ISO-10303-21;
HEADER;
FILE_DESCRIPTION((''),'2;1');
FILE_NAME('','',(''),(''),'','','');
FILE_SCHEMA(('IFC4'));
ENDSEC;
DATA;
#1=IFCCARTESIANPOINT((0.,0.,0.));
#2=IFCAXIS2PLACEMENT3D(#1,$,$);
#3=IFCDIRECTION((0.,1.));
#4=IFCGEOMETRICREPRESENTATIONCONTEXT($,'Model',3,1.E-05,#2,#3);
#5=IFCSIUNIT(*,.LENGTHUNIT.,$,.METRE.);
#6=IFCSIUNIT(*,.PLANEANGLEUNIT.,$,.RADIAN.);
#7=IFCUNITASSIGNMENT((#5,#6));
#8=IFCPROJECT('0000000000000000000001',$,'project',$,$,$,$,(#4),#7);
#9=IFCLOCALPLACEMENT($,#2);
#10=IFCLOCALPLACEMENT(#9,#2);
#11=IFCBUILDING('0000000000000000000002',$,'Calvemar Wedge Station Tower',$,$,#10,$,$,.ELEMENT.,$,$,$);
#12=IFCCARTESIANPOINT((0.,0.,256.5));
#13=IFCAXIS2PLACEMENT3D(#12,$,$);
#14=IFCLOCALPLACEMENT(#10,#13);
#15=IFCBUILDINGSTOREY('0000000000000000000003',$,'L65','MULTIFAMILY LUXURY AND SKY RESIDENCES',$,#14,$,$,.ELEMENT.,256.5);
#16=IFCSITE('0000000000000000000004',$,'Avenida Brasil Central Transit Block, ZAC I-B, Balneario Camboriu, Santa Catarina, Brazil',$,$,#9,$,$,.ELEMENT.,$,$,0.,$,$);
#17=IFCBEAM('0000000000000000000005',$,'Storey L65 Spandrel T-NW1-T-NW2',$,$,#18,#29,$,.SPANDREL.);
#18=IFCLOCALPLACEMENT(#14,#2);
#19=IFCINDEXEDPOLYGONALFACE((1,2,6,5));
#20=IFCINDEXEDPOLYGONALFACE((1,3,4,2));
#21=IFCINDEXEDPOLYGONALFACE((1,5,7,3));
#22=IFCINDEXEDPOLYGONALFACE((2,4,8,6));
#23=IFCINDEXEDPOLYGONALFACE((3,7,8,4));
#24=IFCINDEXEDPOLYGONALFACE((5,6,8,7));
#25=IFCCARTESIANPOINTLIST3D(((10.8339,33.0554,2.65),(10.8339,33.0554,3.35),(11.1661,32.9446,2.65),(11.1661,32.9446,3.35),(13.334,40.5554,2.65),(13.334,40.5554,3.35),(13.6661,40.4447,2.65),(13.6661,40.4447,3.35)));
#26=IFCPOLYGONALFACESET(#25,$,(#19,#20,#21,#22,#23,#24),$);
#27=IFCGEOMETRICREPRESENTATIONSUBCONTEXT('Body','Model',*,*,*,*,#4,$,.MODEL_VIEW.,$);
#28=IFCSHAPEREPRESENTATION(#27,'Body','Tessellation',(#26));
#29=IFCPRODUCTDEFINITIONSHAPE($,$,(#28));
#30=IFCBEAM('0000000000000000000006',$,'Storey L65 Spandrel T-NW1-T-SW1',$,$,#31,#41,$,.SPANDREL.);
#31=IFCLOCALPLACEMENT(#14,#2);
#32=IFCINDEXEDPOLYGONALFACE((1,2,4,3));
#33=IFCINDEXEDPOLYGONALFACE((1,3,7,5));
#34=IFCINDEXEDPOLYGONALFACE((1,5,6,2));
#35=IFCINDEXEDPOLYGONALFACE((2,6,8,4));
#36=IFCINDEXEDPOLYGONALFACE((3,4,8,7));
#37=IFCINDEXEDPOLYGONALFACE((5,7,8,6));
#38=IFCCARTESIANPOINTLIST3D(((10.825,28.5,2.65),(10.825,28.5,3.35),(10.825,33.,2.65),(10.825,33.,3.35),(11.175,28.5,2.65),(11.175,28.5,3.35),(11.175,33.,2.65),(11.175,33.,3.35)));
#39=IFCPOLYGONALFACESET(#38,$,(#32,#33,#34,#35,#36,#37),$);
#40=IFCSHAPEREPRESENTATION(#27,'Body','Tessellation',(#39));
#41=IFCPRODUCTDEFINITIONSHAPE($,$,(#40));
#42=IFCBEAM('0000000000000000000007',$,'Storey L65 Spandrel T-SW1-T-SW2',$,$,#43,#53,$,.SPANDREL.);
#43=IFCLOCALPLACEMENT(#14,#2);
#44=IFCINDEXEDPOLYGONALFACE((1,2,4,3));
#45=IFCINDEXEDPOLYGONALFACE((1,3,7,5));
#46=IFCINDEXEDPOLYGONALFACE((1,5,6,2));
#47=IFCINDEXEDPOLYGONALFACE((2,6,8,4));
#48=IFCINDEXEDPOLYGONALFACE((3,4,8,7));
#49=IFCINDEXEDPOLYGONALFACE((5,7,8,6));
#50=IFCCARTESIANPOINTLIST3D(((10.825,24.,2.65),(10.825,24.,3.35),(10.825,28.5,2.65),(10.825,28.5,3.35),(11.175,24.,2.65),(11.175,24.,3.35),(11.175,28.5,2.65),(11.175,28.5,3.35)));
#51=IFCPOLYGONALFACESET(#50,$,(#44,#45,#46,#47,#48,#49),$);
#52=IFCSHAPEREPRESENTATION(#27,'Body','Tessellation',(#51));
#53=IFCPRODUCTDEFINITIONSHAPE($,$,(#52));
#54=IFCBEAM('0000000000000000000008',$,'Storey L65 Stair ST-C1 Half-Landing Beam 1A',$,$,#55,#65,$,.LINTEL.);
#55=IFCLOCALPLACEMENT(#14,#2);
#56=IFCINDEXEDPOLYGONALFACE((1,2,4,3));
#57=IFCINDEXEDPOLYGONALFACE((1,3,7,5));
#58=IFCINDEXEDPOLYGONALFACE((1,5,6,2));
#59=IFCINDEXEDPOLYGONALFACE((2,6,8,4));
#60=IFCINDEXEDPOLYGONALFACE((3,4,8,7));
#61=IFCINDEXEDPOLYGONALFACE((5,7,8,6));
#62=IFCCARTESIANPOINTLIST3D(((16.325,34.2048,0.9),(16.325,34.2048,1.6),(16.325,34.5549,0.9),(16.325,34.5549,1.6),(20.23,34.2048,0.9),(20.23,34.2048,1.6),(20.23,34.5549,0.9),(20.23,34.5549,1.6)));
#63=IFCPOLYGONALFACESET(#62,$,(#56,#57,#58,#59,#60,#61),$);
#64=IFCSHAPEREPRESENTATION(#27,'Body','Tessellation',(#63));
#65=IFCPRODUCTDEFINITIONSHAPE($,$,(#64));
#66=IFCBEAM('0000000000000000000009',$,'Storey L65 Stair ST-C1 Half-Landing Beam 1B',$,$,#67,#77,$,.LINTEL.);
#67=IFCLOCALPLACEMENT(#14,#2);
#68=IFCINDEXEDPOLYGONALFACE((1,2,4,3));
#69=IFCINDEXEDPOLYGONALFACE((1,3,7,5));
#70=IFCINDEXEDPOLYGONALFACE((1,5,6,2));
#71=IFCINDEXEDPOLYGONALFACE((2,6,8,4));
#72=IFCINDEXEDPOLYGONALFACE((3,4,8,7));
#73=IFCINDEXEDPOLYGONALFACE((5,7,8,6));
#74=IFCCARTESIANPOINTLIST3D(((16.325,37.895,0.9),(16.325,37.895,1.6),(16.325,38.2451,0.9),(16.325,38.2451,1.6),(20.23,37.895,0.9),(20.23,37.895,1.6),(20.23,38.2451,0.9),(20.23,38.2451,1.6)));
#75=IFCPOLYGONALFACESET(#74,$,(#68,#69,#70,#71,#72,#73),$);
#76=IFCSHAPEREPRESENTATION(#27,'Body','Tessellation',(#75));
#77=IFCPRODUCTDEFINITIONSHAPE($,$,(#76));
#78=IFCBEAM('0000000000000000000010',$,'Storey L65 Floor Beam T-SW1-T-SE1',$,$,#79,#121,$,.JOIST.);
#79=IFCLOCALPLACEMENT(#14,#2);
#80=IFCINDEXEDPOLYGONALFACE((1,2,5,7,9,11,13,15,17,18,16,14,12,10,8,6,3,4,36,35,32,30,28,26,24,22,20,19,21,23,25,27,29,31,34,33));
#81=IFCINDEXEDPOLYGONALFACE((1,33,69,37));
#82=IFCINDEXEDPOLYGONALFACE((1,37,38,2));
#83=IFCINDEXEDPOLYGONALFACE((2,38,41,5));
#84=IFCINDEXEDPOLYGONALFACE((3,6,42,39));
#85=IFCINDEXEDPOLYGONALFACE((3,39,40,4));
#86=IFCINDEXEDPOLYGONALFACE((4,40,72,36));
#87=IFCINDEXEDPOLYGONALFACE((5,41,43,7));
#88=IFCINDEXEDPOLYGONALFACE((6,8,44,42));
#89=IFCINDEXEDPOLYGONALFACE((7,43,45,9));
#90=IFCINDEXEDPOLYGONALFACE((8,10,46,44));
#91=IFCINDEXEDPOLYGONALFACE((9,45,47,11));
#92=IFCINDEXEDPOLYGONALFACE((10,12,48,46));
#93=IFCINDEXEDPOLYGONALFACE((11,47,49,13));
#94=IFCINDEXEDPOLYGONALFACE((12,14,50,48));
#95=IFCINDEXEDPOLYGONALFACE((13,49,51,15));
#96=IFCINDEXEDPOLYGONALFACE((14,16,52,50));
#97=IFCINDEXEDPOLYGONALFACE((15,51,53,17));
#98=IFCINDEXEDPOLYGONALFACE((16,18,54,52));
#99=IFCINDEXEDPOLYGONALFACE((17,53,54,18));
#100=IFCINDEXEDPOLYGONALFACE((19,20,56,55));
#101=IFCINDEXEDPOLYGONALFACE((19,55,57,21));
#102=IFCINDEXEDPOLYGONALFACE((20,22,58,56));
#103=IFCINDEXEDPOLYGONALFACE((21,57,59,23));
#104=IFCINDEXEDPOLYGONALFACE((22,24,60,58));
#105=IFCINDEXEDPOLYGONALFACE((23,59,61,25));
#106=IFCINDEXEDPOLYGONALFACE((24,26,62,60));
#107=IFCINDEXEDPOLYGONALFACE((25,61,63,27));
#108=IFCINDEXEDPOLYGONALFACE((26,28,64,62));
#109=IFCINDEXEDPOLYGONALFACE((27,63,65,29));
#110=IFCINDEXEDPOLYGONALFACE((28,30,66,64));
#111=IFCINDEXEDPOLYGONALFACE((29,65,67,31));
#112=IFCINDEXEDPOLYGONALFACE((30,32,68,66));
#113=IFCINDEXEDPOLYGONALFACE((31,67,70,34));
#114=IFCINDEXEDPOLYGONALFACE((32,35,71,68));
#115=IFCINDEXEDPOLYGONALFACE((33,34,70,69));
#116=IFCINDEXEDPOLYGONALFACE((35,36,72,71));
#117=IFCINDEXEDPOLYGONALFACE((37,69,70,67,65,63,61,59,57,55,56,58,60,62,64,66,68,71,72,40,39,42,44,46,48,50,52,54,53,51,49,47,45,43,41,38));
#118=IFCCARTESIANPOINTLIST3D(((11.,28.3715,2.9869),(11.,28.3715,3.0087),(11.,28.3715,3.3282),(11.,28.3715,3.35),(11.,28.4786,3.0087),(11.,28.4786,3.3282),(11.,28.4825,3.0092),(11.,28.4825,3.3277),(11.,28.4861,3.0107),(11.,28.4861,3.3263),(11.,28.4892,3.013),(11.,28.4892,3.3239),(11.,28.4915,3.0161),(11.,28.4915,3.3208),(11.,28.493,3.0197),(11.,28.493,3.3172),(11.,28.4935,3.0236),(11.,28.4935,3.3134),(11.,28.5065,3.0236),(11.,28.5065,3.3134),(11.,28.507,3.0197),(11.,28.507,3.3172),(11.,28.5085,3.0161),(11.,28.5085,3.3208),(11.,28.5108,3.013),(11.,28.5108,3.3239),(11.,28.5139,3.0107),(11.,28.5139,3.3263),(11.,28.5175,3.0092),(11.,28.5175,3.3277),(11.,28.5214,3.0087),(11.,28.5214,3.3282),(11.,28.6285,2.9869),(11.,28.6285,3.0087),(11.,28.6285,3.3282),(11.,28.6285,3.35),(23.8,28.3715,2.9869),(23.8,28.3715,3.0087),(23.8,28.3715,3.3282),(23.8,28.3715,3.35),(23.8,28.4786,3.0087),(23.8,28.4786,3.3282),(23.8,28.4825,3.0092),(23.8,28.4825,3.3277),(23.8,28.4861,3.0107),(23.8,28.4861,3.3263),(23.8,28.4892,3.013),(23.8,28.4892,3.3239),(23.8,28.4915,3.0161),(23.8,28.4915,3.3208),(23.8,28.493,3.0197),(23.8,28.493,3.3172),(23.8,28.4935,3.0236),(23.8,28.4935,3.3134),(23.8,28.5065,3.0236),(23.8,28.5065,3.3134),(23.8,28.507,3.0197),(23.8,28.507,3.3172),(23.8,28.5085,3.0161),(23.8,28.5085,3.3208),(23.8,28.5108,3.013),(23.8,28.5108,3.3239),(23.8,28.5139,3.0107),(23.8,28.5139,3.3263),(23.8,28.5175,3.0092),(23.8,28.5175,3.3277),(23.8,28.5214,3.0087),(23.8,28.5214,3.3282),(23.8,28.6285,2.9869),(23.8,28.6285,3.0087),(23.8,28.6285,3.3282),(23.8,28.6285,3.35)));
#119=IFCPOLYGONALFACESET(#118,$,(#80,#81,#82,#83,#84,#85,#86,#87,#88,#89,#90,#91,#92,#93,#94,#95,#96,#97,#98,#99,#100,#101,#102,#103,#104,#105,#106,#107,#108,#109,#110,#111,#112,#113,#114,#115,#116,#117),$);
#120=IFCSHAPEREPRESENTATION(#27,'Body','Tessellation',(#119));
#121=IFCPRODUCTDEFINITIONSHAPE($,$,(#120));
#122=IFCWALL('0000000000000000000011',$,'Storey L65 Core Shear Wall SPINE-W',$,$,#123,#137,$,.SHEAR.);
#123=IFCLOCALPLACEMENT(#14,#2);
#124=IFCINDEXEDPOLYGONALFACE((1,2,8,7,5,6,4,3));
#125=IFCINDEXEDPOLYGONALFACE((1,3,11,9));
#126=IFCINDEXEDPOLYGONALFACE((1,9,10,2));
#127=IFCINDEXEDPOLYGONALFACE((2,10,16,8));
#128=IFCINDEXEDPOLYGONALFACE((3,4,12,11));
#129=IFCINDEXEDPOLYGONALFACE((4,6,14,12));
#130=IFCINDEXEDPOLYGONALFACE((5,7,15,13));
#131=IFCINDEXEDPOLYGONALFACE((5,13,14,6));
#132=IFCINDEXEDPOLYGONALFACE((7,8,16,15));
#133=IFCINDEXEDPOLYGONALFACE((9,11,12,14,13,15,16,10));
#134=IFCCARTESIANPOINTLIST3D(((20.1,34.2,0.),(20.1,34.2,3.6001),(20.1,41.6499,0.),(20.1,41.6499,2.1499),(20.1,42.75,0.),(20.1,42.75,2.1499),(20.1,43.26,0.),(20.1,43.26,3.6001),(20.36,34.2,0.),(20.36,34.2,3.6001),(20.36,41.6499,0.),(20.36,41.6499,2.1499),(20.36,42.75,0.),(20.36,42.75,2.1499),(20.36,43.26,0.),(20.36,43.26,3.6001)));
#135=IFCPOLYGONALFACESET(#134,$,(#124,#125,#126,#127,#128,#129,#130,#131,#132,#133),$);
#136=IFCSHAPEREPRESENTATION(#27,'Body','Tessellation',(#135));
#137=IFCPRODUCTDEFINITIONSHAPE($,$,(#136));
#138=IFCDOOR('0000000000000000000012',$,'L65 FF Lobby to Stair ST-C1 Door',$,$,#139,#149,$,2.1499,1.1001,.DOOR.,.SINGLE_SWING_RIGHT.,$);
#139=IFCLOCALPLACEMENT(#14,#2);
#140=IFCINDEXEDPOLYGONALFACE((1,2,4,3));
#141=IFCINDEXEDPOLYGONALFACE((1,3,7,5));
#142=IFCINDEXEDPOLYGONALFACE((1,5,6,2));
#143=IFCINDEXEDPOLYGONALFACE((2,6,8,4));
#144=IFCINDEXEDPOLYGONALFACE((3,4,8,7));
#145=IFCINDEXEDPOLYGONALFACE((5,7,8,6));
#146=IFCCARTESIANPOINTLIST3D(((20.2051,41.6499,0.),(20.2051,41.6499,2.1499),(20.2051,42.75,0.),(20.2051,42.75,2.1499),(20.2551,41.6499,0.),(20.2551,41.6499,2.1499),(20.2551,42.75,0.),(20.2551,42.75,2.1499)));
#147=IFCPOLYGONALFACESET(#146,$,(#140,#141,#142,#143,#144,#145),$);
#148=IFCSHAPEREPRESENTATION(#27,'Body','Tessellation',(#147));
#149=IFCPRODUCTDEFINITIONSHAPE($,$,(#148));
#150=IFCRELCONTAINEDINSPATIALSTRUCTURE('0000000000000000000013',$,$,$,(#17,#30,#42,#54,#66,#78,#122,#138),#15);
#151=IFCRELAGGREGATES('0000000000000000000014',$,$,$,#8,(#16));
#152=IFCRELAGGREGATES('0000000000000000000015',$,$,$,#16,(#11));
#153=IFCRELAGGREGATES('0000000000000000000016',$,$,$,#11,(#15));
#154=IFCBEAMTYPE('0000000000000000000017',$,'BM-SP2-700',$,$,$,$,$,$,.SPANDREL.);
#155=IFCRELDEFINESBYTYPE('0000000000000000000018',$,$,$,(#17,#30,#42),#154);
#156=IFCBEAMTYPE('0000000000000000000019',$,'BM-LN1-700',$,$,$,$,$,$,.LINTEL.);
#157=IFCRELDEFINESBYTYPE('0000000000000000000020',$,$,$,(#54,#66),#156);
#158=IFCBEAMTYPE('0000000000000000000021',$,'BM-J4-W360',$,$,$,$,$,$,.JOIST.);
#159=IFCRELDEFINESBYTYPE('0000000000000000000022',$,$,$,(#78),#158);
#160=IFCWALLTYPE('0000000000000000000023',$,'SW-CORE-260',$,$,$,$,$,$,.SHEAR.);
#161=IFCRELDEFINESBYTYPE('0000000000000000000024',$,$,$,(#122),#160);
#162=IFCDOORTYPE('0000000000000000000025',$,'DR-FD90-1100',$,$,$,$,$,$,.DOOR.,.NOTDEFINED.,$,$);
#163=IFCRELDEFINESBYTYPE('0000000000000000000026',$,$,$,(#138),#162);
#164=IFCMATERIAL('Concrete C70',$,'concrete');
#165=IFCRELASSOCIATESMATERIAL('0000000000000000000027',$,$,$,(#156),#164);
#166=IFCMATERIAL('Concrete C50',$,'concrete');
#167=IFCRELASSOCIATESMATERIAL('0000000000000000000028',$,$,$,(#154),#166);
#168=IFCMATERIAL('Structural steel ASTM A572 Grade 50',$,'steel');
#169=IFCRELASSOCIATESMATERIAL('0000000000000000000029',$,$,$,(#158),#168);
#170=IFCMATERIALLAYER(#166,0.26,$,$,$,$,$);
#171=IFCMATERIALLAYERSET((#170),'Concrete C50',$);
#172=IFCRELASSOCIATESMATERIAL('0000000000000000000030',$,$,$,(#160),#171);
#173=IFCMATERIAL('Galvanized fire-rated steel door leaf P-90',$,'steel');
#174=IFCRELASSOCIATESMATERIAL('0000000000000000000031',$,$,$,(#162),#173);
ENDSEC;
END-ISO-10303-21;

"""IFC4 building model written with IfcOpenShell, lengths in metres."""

from ifc_helpers import new_model, si_unit, direction, frame, frame_2d, origin, origin_2d, place, context, subcontext, project, spatial, rectangle, i_section, extrude, source, transform, mapped, material, layer, layer_set, material_profile, profile_set, type_object, element, fill, save


model = new_model("IFC4")

# Units and contexts
model_context = context("Model", 3, precision=1e-05, world=origin(), true_north=direction((0.0, 1.0)))
body_context = subcontext(model_context, "Body", "Model", "MODEL_VIEW")
ifc_project = project(units=[si_unit("LENGTHUNIT", "METRE"), si_unit("PLANEANGLEUNIT", "RADIAN")], contexts=[model_context])

# Site, building, storey
site_placement = place(None, origin())
site = spatial("IfcSite", under=ifc_project, at=site_placement, Name="Avenida Brasil Central Transit Block, ZAC I-B, Balneario Camboriu, Santa Catarina, Brazil", CompositionType="ELEMENT", RefElevation=0.0)
building_placement = place(site_placement, origin())
building = spatial("IfcBuilding", under=site, at=building_placement, Name="Calvemar Wedge Station Tower", CompositionType="ELEMENT")
storey_placement = place(building_placement, frame((0.0, 0.0, 256.5)))
storey = spatial("IfcBuildingStorey", under=building, at=storey_placement, Name="L65", Description="MULTIFAMILY LUXURY AND SKY RESIDENCES", CompositionType="ELEMENT", Elevation=256.5)

# Shared definitions
ifc_material_1 = material(Name="Concrete C50", Category="concrete")

# Beams
ifc_material_2 = material(Name="Concrete C70", Category="concrete")
ifc_material_profile_1 = material_profile(ifc_material_2, rectangle(XDim=0.3501, YDim=0.7, at=origin_2d()), Name="RC350x700")
ifc_profile_set_1 = profile_set([ifc_material_profile_1], Name="Concrete C70")
beam_type_1 = type_object("IfcBeamType", Name="BM-LN1-700", PredefinedType="LINTEL", material=ifc_profile_set_1)
ifc_material_3 = material(Name="Structural steel ASTM A572 Grade 50", Category="steel")
ifc_material_profile_2 = material_profile(ifc_material_1, rectangle(XDim=0.3501, YDim=0.7, at=origin_2d()), Name="RC350x700")
ifc_profile_set_2 = profile_set([ifc_material_profile_2], Name="Concrete C50")
beam_type_2 = type_object("IfcBeamType", Name="BM-SP2-700", PredefinedType="SPANDREL", material=ifc_profile_set_2)
shared_shape_1 = source(origin(), body_context, "Body", "SweptSolid", [
    extrude(rectangle(XDim=0.3501, YDim=0.7, at=origin_2d()), origin(), (0.0, 0.0, 1.0), 7.9058),
])
beam_1_placement = place(storey_placement, frame((11.0, 33.0, 3.0), z_axis=(0.316228, 0.948683, 0.0), x_axis=(-0.948683, 0.316228, 0.0)))
element("IfcBeam", 1, at=beam_1_placement, inside=storey, type_object=beam_type_2, Name="Storey L65 Spandrel T-NW1-T-NW2", PredefinedType="SPANDREL", context=body_context, shape_type="MappedRepresentation", body=[
    mapped(shared_shape_1, transform((0.0, 0.0, 0.0), scale=1.0)),
])
shared_shape_2 = source(origin(), body_context, "Body", "SweptSolid", [
    extrude(rectangle(XDim=0.3501, YDim=0.7, at=origin_2d()), origin(), (0.0, 0.0, 1.0), 4.5),
])
for number, where, z_axis, x_axis, name in (
    (2, (11.0, 33.0, 3.0), (0.0, -1.0, 0.0), (1.0, 0.0, 0.0), "Storey L65 Spandrel T-NW1-T-SW1"),
    (3, (11.0, 28.5, 3.0), (0.0, -1.0, 0.0), (1.0, 0.0, 0.0), "Storey L65 Spandrel T-SW1-T-SW2"),
):
    element("IfcBeam", number, at=place(storey_placement, frame(where, z_axis=z_axis, x_axis=x_axis)), inside=storey, type_object=beam_type_2, Name=name, PredefinedType="SPANDREL", context=body_context, shape_type="MappedRepresentation", body=[
        mapped(shared_shape_2, transform((0.0, 0.0, 0.0), scale=1.0)),
    ])
shared_shape_3 = source(origin(), body_context, "Body", "SweptSolid", [
    extrude(rectangle(XDim=0.3501, YDim=0.7, at=origin_2d()), origin(), (0.0, 0.0, 1.0), 3.905),
])
for number, where, z_axis, x_axis, name in (
    (4, (16.325, 34.3799, 1.25), (1.0, 0.0, 0.0), (0.0, 1.0, 0.0), "Storey L65 Stair ST-C1 Half-Landing Beam 1A"),
    (5, (16.325, 38.0701, 1.25), (1.0, 0.0, 0.0), (0.0, 1.0, 0.0), "Storey L65 Stair ST-C1 Half-Landing Beam 1B"),
):
    element("IfcBeam", number, at=place(storey_placement, frame(where, z_axis=z_axis, x_axis=x_axis)), inside=storey, type_object=beam_type_1, Name=name, PredefinedType="LINTEL", context=body_context, shape_type="MappedRepresentation", body=[
        mapped(shared_shape_3, transform((0.0, 0.0, 0.0), scale=1.0)),
    ])
ifc_material_profile_3 = material_profile(ifc_material_3, i_section(OverallWidth=0.2571, OverallDepth=0.363, WebThickness=0.0129, FlangeThickness=0.0217, FilletRadius=0.0149, at=origin_2d()), Name="W360x122")
ifc_profile_set_3 = profile_set([ifc_material_profile_3], Name="Structural steel ASTM A572 Grade 50")
beam_type_3 = type_object("IfcBeamType", Name="BM-J4-W360", PredefinedType="JOIST", material=ifc_profile_set_3)
shared_shape_4 = source(origin(), body_context, "Body", "SweptSolid", [
    extrude(i_section(OverallWidth=0.2571, OverallDepth=0.363, WebThickness=0.0129, FlangeThickness=0.0217, FilletRadius=0.0149, at=origin_2d()), origin(), (0.0, 0.0, 1.0), 12.8),
])
beam_2_placement = place(storey_placement, frame((11.0, 28.5, 3.1685), z_axis=(1.0, 0.0, 0.0), x_axis=(0.0, 1.0, 0.0)))
element("IfcBeam", 6, at=beam_2_placement, inside=storey, type_object=beam_type_3, Name="Storey L65 Floor Beam T-SW1-T-SE1", PredefinedType="JOIST", context=body_context, shape_type="MappedRepresentation", body=[
    mapped(shared_shape_4, transform((0.0, 0.0, 0.0), scale=1.0)),
])

# Wall, opening, door
ifc_layer_1 = layer(ifc_material_1, 0.26)
ifc_layer_set_1 = layer_set([ifc_layer_1], Name="Concrete C50")
wall_type_1 = type_object("IfcWallType", Name="SW-CORE-260", PredefinedType="SHEAR", material=ifc_layer_set_1)
wall_1_placement = place(storey_placement, frame((20.23, 34.2, 0.0), z_axis=(0.0, 0.0, 1.0), x_axis=(0.0, 1.0, 0.0)))
wall_1 = element("IfcWall", 7, at=wall_1_placement, inside=storey, type_object=wall_type_1, Name="Storey L65 Core Shear Wall SPINE-W", PredefinedType="SHEAR", context=body_context, shape_type="SweptSolid", body=[
    extrude(rectangle(XDim=9.0601, YDim=0.26, at=frame_2d((4.53, 0.0))), origin(), (0.0, 0.0, 1.0), 3.6001),
])
shared_shape_5 = source(origin(), body_context, "Body", "SweptSolid", [
    extrude(rectangle(XDim=1.1001, YDim=2.1499, at=frame_2d((0.55, 1.075))), frame((0.0, 0.1401, 0.0), z_axis=(0.0, -1.0, 0.0), x_axis=(1.0, 0.0, 0.0)), (0.0, 0.0, 1.0), 0.28),
])
opening_1_placement = place(wall_1_placement, frame((7.45, 0.0, 0.0)))
opening_1 = element("IfcOpeningElement", 8, at=opening_1_placement, cuts=wall_1, PredefinedType="OPENING", context=body_context, shape_type="MappedRepresentation", body=[
    mapped(shared_shape_5, transform((0.0, 0.0, 0.0), scale=1.0)),
])
ifc_material_4 = material(Name="Galvanized fire-rated steel door leaf P-90", Category="steel")
door_type_1 = type_object("IfcDoorType", Name="DR-FD90-1100", OperationType="NOTDEFINED", PredefinedType="DOOR", material=ifc_material_4)
shared_shape_6 = source(origin(), body_context, "Body", "SweptSolid", [
    extrude(rectangle(XDim=1.1001, YDim=2.1499, at=frame_2d((0.55, 1.075))), frame((0.0, 0.0249, 0.0), z_axis=(0.0, -1.0, 0.0), x_axis=(1.0, 0.0, 0.0)), (0.0, 0.0, 1.0), 0.05),
])
door_1_placement = place(opening_1_placement, origin())
door_1 = element("IfcDoor", 9, at=door_1_placement, inside=storey, type_object=door_type_1, Name="L65 FF Lobby to Stair ST-C1 Door", OperationType="SINGLE_SWING_RIGHT", OverallHeight=2.1499, OverallWidth=1.1001, PredefinedType="DOOR", context=body_context, shape_type="MappedRepresentation", body=[
    mapped(shared_shape_6, transform((0.0, 0.0, 0.0), scale=1.0)),
])
fill(opening_1, door_1)

save(model, "model.ifc")
